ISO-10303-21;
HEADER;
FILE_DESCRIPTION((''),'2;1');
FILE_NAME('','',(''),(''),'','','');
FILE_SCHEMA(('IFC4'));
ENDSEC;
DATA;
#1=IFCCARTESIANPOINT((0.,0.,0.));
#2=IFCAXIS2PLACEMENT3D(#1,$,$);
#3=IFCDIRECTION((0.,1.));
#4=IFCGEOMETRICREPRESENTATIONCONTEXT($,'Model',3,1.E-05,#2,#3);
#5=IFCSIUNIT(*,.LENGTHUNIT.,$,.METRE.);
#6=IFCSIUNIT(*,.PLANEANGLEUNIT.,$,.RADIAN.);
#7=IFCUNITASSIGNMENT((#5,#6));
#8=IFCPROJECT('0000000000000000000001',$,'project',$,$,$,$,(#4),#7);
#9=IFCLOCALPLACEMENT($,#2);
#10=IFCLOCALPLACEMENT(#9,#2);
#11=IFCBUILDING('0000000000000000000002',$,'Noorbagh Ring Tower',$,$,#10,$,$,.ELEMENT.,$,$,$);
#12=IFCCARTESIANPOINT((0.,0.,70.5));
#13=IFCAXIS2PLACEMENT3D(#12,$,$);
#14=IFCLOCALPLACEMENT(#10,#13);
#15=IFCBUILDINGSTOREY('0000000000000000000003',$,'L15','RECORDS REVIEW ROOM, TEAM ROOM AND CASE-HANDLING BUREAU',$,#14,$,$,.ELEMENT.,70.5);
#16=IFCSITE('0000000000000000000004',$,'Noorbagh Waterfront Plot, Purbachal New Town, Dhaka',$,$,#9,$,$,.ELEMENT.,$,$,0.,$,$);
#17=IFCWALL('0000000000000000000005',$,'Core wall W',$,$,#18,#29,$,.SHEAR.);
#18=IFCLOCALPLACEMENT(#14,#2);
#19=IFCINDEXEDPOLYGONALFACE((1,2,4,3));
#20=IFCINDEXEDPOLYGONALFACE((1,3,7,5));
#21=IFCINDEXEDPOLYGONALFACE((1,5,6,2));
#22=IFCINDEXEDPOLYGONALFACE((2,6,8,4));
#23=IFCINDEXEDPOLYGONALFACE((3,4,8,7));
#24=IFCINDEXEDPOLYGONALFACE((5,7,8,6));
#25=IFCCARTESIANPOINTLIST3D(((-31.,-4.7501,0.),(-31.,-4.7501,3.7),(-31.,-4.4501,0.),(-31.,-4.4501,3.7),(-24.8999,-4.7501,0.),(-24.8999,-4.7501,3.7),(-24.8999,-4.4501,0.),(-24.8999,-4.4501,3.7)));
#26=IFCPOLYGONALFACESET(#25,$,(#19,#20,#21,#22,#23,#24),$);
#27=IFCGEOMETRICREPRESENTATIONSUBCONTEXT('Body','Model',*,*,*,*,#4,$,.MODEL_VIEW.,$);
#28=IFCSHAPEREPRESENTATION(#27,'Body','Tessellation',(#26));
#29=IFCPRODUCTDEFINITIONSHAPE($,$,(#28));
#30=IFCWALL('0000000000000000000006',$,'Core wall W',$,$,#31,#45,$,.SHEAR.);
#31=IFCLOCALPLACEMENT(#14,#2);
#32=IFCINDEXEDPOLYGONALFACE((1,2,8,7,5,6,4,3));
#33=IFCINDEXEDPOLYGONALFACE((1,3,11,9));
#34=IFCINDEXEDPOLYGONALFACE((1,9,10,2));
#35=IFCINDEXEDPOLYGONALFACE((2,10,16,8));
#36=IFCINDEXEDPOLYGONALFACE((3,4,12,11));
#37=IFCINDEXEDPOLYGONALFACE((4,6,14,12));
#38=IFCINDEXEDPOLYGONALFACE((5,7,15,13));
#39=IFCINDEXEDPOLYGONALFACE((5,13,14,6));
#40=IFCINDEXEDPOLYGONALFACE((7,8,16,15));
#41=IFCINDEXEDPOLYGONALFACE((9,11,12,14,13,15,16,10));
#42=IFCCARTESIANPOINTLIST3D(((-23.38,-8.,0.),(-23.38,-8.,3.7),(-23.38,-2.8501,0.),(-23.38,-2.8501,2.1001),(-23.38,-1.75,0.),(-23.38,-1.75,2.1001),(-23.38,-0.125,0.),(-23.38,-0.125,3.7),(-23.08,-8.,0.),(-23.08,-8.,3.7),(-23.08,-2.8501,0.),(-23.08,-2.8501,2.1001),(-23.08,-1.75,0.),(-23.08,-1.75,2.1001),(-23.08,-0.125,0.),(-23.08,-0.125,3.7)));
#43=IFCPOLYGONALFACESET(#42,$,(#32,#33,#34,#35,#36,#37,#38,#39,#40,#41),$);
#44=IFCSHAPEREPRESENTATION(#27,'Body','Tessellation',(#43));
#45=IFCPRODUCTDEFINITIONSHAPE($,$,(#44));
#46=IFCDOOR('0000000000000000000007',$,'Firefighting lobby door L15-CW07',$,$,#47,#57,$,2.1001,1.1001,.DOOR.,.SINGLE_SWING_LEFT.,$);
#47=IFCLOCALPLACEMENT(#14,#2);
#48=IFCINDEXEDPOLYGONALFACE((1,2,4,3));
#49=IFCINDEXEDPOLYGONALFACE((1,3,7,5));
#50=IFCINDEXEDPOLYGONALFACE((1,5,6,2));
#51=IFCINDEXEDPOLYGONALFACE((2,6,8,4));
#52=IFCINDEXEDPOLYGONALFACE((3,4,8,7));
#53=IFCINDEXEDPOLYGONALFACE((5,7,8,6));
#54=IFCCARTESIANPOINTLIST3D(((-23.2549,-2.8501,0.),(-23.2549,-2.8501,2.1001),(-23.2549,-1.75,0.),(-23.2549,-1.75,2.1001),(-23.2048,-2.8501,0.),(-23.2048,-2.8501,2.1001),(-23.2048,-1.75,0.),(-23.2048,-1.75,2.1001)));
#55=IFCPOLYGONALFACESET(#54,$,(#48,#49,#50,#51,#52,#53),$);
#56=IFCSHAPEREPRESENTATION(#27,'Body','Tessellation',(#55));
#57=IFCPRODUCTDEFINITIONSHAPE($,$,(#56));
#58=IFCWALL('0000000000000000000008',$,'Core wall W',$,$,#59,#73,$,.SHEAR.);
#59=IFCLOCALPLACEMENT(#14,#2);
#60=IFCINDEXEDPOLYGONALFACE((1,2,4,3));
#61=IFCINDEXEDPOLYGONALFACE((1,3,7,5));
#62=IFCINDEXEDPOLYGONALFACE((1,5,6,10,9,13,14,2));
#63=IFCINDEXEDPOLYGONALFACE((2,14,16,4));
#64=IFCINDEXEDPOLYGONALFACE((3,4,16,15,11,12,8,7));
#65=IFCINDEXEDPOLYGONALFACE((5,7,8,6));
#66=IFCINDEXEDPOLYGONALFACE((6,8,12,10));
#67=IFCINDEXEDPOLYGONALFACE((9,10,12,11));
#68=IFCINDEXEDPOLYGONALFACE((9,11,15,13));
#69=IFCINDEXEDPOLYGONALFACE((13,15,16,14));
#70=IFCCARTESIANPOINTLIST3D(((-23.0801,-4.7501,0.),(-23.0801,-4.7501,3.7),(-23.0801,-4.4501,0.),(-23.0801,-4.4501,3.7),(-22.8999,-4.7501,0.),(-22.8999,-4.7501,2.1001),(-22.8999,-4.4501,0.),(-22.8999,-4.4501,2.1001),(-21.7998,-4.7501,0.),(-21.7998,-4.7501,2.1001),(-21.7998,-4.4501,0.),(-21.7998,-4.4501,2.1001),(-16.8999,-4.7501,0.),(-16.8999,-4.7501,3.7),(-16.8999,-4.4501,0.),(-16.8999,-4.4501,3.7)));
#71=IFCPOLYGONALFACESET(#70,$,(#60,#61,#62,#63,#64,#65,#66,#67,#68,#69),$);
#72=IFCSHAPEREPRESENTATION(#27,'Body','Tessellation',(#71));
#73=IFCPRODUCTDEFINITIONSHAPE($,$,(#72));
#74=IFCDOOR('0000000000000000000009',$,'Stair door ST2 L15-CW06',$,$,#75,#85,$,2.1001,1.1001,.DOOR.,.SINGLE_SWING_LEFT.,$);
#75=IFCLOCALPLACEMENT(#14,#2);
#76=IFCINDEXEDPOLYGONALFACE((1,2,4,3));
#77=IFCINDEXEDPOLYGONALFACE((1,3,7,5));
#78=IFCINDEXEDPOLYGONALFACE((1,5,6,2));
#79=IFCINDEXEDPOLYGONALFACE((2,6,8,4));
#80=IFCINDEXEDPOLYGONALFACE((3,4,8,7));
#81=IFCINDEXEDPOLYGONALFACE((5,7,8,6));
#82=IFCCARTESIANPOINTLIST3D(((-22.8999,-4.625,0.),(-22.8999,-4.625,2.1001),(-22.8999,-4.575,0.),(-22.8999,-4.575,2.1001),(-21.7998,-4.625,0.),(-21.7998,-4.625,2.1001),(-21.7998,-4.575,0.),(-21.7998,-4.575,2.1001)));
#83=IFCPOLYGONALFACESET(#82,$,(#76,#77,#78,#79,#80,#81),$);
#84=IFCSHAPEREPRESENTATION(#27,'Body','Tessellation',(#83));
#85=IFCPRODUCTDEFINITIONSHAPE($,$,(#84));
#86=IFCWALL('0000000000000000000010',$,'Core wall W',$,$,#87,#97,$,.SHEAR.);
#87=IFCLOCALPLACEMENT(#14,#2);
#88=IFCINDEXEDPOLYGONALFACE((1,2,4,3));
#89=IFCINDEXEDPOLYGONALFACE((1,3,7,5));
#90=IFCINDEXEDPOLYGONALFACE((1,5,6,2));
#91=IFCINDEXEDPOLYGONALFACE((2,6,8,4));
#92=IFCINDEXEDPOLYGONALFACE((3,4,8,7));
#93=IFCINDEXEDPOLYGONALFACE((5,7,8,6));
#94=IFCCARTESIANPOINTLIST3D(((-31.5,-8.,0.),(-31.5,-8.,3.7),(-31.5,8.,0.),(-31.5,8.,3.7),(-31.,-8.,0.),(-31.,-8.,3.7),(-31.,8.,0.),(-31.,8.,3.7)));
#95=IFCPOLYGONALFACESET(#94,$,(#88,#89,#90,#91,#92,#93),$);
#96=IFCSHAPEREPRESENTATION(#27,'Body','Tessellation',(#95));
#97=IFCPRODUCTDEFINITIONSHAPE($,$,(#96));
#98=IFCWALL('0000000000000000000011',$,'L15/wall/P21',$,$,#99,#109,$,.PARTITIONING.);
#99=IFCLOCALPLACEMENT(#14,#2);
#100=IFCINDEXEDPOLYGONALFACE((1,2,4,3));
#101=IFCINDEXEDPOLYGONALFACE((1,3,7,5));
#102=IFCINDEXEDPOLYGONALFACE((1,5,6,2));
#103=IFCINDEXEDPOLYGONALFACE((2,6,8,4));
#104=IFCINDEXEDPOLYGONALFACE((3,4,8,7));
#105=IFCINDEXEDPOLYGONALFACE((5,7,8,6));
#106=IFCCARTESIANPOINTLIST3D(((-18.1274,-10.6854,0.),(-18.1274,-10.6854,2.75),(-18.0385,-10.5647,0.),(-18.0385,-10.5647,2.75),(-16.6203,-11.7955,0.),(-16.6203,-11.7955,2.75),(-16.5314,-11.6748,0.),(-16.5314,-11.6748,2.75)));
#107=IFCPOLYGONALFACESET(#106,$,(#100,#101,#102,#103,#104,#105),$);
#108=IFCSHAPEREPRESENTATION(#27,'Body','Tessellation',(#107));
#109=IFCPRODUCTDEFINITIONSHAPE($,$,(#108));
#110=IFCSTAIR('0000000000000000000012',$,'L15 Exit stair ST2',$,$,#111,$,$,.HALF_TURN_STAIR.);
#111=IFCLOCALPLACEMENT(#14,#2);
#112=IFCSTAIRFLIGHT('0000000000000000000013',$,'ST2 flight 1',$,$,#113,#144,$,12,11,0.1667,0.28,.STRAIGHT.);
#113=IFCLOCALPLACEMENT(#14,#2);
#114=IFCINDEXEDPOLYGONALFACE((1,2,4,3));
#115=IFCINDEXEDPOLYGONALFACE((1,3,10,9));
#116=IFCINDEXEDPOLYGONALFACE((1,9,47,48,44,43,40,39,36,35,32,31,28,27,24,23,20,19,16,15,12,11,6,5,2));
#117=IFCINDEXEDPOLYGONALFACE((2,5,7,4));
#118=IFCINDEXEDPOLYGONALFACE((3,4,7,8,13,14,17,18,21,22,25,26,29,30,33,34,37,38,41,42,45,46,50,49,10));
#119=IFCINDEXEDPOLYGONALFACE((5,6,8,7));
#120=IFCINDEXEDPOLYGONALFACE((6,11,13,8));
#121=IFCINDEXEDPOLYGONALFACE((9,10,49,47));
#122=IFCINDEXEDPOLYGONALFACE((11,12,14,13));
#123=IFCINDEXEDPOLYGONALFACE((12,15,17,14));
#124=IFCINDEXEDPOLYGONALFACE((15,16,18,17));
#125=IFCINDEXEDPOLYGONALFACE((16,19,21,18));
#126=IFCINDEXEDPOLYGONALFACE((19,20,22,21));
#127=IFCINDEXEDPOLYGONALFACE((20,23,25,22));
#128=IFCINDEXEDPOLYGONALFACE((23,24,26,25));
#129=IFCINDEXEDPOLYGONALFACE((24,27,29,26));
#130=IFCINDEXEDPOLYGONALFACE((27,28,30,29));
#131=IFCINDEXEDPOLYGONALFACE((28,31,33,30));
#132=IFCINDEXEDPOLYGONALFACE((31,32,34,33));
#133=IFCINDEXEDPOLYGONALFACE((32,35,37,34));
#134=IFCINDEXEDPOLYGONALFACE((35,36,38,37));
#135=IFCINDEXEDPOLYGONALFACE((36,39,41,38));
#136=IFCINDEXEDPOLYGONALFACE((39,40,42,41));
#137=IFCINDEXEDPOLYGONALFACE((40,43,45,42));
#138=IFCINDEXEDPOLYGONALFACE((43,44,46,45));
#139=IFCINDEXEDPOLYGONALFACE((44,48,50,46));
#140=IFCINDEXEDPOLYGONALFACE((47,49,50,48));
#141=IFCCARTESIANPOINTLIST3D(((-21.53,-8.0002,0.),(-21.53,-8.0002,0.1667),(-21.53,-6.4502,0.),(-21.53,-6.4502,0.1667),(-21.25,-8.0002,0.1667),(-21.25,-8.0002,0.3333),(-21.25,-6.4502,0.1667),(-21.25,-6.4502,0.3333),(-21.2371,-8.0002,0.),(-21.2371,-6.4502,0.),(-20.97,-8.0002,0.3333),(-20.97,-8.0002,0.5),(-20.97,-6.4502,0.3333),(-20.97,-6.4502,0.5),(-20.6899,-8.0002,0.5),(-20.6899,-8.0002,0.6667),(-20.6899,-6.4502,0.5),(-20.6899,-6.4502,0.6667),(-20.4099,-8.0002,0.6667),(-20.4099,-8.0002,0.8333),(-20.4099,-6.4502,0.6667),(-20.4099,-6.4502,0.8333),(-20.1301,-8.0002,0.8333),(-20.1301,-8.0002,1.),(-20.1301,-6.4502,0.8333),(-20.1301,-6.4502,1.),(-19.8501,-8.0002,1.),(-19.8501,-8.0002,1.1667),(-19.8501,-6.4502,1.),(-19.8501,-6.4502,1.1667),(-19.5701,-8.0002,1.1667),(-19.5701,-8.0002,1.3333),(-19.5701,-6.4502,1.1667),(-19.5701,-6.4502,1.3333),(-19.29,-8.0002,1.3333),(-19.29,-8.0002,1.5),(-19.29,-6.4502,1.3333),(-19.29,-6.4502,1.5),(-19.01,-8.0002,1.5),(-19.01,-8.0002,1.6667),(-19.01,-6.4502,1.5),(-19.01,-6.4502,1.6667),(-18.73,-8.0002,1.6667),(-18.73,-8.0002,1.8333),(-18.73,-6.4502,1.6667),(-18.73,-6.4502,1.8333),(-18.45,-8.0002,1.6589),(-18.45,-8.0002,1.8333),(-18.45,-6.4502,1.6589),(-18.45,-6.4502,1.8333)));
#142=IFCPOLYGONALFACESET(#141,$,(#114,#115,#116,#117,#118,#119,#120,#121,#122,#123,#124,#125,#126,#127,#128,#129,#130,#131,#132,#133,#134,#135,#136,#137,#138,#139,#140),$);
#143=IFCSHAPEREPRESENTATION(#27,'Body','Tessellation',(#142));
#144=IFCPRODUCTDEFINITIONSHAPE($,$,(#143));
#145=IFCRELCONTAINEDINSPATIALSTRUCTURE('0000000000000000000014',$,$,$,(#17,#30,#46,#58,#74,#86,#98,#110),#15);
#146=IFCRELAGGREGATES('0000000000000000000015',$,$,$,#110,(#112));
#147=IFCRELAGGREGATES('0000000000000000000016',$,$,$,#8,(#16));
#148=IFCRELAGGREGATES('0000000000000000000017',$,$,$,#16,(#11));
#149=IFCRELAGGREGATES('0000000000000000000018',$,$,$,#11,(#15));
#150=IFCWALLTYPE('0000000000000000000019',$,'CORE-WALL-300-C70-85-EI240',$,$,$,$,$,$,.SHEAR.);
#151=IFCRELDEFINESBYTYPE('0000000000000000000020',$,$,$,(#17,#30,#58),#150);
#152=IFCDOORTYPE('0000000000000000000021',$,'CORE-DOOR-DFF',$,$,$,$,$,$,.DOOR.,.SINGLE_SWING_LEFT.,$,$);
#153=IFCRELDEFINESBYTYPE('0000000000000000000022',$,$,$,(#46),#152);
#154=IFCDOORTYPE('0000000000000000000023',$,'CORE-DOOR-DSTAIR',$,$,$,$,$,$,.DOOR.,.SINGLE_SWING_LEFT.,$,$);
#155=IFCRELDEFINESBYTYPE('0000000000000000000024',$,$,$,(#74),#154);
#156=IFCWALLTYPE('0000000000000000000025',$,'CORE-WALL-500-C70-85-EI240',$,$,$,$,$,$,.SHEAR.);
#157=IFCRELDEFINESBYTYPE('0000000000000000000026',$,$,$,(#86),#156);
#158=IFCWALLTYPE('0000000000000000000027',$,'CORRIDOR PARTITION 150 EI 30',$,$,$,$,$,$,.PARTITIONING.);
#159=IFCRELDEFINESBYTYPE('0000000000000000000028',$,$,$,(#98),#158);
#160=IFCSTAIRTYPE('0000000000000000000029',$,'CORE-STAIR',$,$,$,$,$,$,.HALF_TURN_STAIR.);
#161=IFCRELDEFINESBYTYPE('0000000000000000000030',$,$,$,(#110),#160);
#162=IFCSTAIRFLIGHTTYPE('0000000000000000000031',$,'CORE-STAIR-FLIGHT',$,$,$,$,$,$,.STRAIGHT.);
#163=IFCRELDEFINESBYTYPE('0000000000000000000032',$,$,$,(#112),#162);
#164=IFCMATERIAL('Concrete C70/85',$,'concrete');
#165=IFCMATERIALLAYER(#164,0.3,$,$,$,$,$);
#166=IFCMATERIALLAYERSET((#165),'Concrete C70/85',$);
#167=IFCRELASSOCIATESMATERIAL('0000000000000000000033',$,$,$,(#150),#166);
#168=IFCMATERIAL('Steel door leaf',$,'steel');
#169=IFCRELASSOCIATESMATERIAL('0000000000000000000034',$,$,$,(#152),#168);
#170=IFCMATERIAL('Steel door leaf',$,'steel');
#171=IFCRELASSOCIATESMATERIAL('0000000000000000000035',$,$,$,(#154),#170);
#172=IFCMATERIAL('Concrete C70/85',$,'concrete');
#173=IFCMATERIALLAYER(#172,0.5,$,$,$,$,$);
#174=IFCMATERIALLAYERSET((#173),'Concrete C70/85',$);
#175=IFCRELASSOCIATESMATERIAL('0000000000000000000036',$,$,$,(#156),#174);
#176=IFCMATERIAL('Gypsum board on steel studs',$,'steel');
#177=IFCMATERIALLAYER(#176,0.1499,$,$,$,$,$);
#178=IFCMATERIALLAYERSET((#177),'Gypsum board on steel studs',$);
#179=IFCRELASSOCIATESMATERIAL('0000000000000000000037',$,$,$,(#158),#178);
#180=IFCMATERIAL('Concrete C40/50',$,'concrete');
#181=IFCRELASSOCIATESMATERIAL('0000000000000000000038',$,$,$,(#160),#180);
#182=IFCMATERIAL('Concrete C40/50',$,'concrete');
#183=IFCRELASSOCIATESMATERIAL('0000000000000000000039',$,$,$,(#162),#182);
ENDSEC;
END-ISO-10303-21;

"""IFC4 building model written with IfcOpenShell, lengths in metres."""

from ifc_helpers import new_model, si_unit, direction, frame, frame_2d, origin, place, context, subcontext, project, spatial, polyline, rectangle, outline, extrude, material, layer, layer_set, type_object, element, fill, aggregate, save


model = new_model("IFC4")

# Units and contexts
model_context = context("Model", 3, precision=1e-05, world=origin(), true_north=direction((0.0, 1.0)))
body_context = subcontext(model_context, "Body", "Model", "MODEL_VIEW")
ifc_project = project(units=[si_unit("LENGTHUNIT", "METRE"), si_unit("PLANEANGLEUNIT", "RADIAN")], contexts=[model_context])

# Site, building, storey
site_placement = place(None, origin())
site = spatial("IfcSite", under=ifc_project, at=site_placement, Name="Noorbagh Waterfront Plot, Purbachal New Town, Dhaka", CompositionType="ELEMENT", RefElevation=0.0)
building_placement = place(site_placement, origin())
building = spatial("IfcBuilding", under=site, at=building_placement, Name="Noorbagh Ring Tower", CompositionType="ELEMENT")
storey_placement = place(building_placement, frame((0.0, 0.0, 70.5)))
storey = spatial("IfcBuildingStorey", under=building, at=storey_placement, Name="L15", Description="RECORDS REVIEW ROOM, TEAM ROOM AND CASE-HANDLING BUREAU", CompositionType="ELEMENT", Elevation=70.5)

# Wall
ifc_material_1 = material(Name="Concrete C70/85", Category="concrete")
ifc_layer_1 = layer(ifc_material_1, 0.3)
ifc_layer_set_1 = layer_set([ifc_layer_1], Name="Concrete C70/85")
wall_type_1 = type_object("IfcWallType", Name="CORE-WALL-300-C70-85-EI240", PredefinedType="SHEAR", material=ifc_layer_set_1)
wall_1_placement = place(storey_placement, frame((-24.8999, -4.6001, 0.0), z_axis=(0.0, 0.0, 1.0), x_axis=(-1.0, 0.0, 0.0)))
element("IfcWall", 1, at=wall_1_placement, inside=storey, type_object=wall_type_1, Name="Core wall W", PredefinedType="SHEAR", context=body_context, shape_type="SweptSolid", body=[
    extrude(rectangle(XDim=6.1001, YDim=0.3, at=frame_2d((3.05, 0.0))), origin(), (0.0, 0.0, 1.0), 3.7),
])

# Walls, openings, doors
wall_2_placement = place(storey_placement, frame((-23.23, -8.0, 0.0), z_axis=(0.0, 0.0, 1.0), x_axis=(0.0, 1.0, 0.0)))
wall_2 = element("IfcWall", 2, at=wall_2_placement, inside=storey, type_object=wall_type_1, Name="Core wall W", PredefinedType="SHEAR", context=body_context, shape_type="SweptSolid", body=[
    extrude(rectangle(XDim=7.875, YDim=0.3, at=frame_2d((3.9375, 0.0))), origin(), (0.0, 0.0, 1.0), 3.7),
])
opening_1_placement = place(wall_2_placement, frame((5.1499, 0.0, 0.0)))
opening_1 = element("IfcOpeningElement", 3, at=opening_1_placement, cuts=wall_2, PredefinedType="OPENING", context=body_context, shape_type="SweptSolid", body=[
    extrude(rectangle(XDim=1.1001, YDim=2.1001, at=frame_2d((0.55, 1.05))), frame((0.0, 0.1602, 0.0), z_axis=(0.0, -1.0, 0.0), x_axis=(1.0, 0.0, 0.0)), (0.0, 0.0, 1.0), 0.3201),
])
ifc_material_2 = material(Name="Steel door leaf", Category="steel")
door_type_1 = type_object("IfcDoorType", Name="CORE-DOOR-DFF", OperationType="SINGLE_SWING_LEFT", PredefinedType="DOOR", material=ifc_material_2)
door_1_placement = place(opening_1_placement, origin())
door_1 = element("IfcDoor", 4, at=door_1_placement, inside=storey, type_object=door_type_1, Name="Firefighting lobby door L15-CW07", OperationType="SINGLE_SWING_LEFT", OverallHeight=2.1001, OverallWidth=1.1001, PredefinedType="DOOR", context=body_context, shape_type="SweptSolid", body=[
    extrude(rectangle(XDim=1.1001, YDim=2.1001, at=frame_2d((0.55, 1.05))), frame((0.0, 0.0249, 0.0), z_axis=(0.0, -1.0, 0.0), x_axis=(1.0, 0.0, 0.0)), (0.0, 0.0, 1.0), 0.05),
])
fill(opening_1, door_1)
wall_3_placement = place(storey_placement, frame((-16.8999, -4.6001, 0.0), z_axis=(0.0, 0.0, 1.0), x_axis=(-1.0, 0.0, 0.0)))
wall_3 = element("IfcWall", 5, at=wall_3_placement, inside=storey, type_object=wall_type_1, Name="Core wall W", PredefinedType="SHEAR", context=body_context, shape_type="SweptSolid", body=[
    extrude(rectangle(XDim=6.1802, YDim=0.3, at=frame_2d((3.0901, 0.0))), origin(), (0.0, 0.0, 1.0), 3.7),
])
opening_2_placement = place(wall_3_placement, frame((4.8999, 0.0, 0.0)))
opening_2 = element("IfcOpeningElement", 6, at=opening_2_placement, cuts=wall_3, PredefinedType="OPENING", context=body_context, shape_type="SweptSolid", body=[
    extrude(rectangle(XDim=1.1001, YDim=2.1001, at=frame_2d((0.55, 1.05))), frame((0.0, 0.1602, 0.0), z_axis=(0.0, -1.0, 0.0), x_axis=(1.0, 0.0, 0.0)), (0.0, 0.0, 1.0), 0.3201),
])
ifc_material_3 = material(Name="Steel door leaf", Category="steel")
door_type_2 = type_object("IfcDoorType", Name="CORE-DOOR-DSTAIR", OperationType="SINGLE_SWING_LEFT", PredefinedType="DOOR", material=ifc_material_3)
door_2_placement = place(opening_2_placement, origin())
door_2 = element("IfcDoor", 7, at=door_2_placement, inside=storey, type_object=door_type_2, Name="Stair door ST2 L15-CW06", OperationType="SINGLE_SWING_LEFT", OverallHeight=2.1001, OverallWidth=1.1001, PredefinedType="DOOR", context=body_context, shape_type="SweptSolid", body=[
    extrude(rectangle(XDim=1.1001, YDim=2.1001, at=frame_2d((0.55, 1.05))), frame((0.0, 0.0249, 0.0), z_axis=(0.0, -1.0, 0.0), x_axis=(1.0, 0.0, 0.0)), (0.0, 0.0, 1.0), 0.05),
])
fill(opening_2, door_2)

# Walls
ifc_material_4 = material(Name="Concrete C70/85", Category="concrete")
ifc_layer_2 = layer(ifc_material_4, 0.5)
ifc_layer_set_2 = layer_set([ifc_layer_2], Name="Concrete C70/85")
wall_type_2 = type_object("IfcWallType", Name="CORE-WALL-500-C70-85-EI240", PredefinedType="SHEAR", material=ifc_layer_set_2)
wall_4_placement = place(storey_placement, frame((-31.25, -8.0, 0.0), z_axis=(0.0, 0.0, 1.0), x_axis=(0.0, 1.0, 0.0)))
element("IfcWall", 8, at=wall_4_placement, inside=storey, type_object=wall_type_2, Name="Core wall W", PredefinedType="SHEAR", context=body_context, shape_type="SweptSolid", body=[
    extrude(rectangle(XDim=16.0, YDim=0.5, at=frame_2d((8.0, 0.0))), origin(), (0.0, 0.0, 1.0), 3.7),
])
ifc_material_5 = material(Name="Gypsum board on steel studs", Category="steel")
ifc_layer_3 = layer(ifc_material_5, 0.1499)
ifc_layer_set_3 = layer_set([ifc_layer_3], Name="Gypsum board on steel studs")
wall_type_3 = type_object("IfcWallType", Name="CORRIDOR PARTITION 150 EI 30", PredefinedType="PARTITIONING", material=ifc_layer_set_3)
wall_5_placement = place(storey_placement, frame((-18.083, -10.625, 0.0), z_axis=(0.0, 0.0, 1.0), x_axis=(0.805151, -0.59307, 0.0)))
element("IfcWall", 9, at=wall_5_placement, inside=storey, type_object=wall_type_3, Name="L15/wall/P21", PredefinedType="PARTITIONING", context=body_context, shape_type="SweptSolid", body=[
    extrude(rectangle(XDim=1.8718, YDim=0.1499, at=frame_2d((0.936, 0.0))), origin(), (0.0, 0.0, 1.0), 2.75),
])

# Stair, stair flight
ifc_material_6 = material(Name="Concrete C40/50", Category="concrete")
stair_type = type_object("IfcStairType", Name="CORE-STAIR", PredefinedType="HALF_TURN_STAIR", material=ifc_material_6)
stair_placement = place(storey_placement, origin())
stair = element("IfcStair", 10, at=stair_placement, inside=storey, type_object=stair_type, Name="L15 Exit stair ST2", PredefinedType="HALF_TURN_STAIR")
ifc_material_7 = material(Name="Concrete C40/50", Category="concrete")
stair_flight_type = type_object("IfcStairFlightType", Name="CORE-STAIR-FLIGHT", PredefinedType="STRAIGHT", material=ifc_material_7)
stair_flight_1_placement = place(storey_placement, frame((-21.53, -7.2251, 0.0), z_axis=(0.0, 0.0, 1.0), x_axis=(1.0, 0.0, 0.0)))
stair_flight_1 = element("IfcStairFlight", 11, at=stair_flight_1_placement, type_object=stair_flight_type, Name="ST2 flight 1", NumberOfRisers=12, NumberOfTreads=11, PredefinedType="STRAIGHT", RiserHeight=0.1667, TreadLength=0.28, context=body_context, shape_type="SweptSolid", body=[
    extrude(outline(polyline([(0.0, 0.0), (0.0, 0.1667), (0.28, 0.1667), (0.28, 0.3333), (0.5601, 0.3333), (0.5601, 0.5), (0.8401, 0.5), (0.8401, 0.6667), (1.1201, 0.6667), (1.1201, 0.8333), (1.3999, 0.8333), (1.3999, 1.0), (1.6799, 1.0), (1.6799, 1.1667), (1.96, 1.1667), (1.96, 1.3333), (2.24, 1.3333), (2.24, 1.5), (2.52, 1.5), (2.52, 1.6667), (2.8, 1.6667), (2.8, 1.8333), (3.0801, 1.8333), (3.0801, 2.0), (3.0801, 1.6589), (0.293, 0.0), (0.0, 0.0)])), frame((0.0, 0.7749, 0.0), z_axis=(0.0, -1.0, 0.0), x_axis=(1.0, 0.0, 0.0)), (0.0, 0.0, 1.0), 1.55),
])
aggregate(stair, [stair_flight_1])

save(model, "model.ifc")
